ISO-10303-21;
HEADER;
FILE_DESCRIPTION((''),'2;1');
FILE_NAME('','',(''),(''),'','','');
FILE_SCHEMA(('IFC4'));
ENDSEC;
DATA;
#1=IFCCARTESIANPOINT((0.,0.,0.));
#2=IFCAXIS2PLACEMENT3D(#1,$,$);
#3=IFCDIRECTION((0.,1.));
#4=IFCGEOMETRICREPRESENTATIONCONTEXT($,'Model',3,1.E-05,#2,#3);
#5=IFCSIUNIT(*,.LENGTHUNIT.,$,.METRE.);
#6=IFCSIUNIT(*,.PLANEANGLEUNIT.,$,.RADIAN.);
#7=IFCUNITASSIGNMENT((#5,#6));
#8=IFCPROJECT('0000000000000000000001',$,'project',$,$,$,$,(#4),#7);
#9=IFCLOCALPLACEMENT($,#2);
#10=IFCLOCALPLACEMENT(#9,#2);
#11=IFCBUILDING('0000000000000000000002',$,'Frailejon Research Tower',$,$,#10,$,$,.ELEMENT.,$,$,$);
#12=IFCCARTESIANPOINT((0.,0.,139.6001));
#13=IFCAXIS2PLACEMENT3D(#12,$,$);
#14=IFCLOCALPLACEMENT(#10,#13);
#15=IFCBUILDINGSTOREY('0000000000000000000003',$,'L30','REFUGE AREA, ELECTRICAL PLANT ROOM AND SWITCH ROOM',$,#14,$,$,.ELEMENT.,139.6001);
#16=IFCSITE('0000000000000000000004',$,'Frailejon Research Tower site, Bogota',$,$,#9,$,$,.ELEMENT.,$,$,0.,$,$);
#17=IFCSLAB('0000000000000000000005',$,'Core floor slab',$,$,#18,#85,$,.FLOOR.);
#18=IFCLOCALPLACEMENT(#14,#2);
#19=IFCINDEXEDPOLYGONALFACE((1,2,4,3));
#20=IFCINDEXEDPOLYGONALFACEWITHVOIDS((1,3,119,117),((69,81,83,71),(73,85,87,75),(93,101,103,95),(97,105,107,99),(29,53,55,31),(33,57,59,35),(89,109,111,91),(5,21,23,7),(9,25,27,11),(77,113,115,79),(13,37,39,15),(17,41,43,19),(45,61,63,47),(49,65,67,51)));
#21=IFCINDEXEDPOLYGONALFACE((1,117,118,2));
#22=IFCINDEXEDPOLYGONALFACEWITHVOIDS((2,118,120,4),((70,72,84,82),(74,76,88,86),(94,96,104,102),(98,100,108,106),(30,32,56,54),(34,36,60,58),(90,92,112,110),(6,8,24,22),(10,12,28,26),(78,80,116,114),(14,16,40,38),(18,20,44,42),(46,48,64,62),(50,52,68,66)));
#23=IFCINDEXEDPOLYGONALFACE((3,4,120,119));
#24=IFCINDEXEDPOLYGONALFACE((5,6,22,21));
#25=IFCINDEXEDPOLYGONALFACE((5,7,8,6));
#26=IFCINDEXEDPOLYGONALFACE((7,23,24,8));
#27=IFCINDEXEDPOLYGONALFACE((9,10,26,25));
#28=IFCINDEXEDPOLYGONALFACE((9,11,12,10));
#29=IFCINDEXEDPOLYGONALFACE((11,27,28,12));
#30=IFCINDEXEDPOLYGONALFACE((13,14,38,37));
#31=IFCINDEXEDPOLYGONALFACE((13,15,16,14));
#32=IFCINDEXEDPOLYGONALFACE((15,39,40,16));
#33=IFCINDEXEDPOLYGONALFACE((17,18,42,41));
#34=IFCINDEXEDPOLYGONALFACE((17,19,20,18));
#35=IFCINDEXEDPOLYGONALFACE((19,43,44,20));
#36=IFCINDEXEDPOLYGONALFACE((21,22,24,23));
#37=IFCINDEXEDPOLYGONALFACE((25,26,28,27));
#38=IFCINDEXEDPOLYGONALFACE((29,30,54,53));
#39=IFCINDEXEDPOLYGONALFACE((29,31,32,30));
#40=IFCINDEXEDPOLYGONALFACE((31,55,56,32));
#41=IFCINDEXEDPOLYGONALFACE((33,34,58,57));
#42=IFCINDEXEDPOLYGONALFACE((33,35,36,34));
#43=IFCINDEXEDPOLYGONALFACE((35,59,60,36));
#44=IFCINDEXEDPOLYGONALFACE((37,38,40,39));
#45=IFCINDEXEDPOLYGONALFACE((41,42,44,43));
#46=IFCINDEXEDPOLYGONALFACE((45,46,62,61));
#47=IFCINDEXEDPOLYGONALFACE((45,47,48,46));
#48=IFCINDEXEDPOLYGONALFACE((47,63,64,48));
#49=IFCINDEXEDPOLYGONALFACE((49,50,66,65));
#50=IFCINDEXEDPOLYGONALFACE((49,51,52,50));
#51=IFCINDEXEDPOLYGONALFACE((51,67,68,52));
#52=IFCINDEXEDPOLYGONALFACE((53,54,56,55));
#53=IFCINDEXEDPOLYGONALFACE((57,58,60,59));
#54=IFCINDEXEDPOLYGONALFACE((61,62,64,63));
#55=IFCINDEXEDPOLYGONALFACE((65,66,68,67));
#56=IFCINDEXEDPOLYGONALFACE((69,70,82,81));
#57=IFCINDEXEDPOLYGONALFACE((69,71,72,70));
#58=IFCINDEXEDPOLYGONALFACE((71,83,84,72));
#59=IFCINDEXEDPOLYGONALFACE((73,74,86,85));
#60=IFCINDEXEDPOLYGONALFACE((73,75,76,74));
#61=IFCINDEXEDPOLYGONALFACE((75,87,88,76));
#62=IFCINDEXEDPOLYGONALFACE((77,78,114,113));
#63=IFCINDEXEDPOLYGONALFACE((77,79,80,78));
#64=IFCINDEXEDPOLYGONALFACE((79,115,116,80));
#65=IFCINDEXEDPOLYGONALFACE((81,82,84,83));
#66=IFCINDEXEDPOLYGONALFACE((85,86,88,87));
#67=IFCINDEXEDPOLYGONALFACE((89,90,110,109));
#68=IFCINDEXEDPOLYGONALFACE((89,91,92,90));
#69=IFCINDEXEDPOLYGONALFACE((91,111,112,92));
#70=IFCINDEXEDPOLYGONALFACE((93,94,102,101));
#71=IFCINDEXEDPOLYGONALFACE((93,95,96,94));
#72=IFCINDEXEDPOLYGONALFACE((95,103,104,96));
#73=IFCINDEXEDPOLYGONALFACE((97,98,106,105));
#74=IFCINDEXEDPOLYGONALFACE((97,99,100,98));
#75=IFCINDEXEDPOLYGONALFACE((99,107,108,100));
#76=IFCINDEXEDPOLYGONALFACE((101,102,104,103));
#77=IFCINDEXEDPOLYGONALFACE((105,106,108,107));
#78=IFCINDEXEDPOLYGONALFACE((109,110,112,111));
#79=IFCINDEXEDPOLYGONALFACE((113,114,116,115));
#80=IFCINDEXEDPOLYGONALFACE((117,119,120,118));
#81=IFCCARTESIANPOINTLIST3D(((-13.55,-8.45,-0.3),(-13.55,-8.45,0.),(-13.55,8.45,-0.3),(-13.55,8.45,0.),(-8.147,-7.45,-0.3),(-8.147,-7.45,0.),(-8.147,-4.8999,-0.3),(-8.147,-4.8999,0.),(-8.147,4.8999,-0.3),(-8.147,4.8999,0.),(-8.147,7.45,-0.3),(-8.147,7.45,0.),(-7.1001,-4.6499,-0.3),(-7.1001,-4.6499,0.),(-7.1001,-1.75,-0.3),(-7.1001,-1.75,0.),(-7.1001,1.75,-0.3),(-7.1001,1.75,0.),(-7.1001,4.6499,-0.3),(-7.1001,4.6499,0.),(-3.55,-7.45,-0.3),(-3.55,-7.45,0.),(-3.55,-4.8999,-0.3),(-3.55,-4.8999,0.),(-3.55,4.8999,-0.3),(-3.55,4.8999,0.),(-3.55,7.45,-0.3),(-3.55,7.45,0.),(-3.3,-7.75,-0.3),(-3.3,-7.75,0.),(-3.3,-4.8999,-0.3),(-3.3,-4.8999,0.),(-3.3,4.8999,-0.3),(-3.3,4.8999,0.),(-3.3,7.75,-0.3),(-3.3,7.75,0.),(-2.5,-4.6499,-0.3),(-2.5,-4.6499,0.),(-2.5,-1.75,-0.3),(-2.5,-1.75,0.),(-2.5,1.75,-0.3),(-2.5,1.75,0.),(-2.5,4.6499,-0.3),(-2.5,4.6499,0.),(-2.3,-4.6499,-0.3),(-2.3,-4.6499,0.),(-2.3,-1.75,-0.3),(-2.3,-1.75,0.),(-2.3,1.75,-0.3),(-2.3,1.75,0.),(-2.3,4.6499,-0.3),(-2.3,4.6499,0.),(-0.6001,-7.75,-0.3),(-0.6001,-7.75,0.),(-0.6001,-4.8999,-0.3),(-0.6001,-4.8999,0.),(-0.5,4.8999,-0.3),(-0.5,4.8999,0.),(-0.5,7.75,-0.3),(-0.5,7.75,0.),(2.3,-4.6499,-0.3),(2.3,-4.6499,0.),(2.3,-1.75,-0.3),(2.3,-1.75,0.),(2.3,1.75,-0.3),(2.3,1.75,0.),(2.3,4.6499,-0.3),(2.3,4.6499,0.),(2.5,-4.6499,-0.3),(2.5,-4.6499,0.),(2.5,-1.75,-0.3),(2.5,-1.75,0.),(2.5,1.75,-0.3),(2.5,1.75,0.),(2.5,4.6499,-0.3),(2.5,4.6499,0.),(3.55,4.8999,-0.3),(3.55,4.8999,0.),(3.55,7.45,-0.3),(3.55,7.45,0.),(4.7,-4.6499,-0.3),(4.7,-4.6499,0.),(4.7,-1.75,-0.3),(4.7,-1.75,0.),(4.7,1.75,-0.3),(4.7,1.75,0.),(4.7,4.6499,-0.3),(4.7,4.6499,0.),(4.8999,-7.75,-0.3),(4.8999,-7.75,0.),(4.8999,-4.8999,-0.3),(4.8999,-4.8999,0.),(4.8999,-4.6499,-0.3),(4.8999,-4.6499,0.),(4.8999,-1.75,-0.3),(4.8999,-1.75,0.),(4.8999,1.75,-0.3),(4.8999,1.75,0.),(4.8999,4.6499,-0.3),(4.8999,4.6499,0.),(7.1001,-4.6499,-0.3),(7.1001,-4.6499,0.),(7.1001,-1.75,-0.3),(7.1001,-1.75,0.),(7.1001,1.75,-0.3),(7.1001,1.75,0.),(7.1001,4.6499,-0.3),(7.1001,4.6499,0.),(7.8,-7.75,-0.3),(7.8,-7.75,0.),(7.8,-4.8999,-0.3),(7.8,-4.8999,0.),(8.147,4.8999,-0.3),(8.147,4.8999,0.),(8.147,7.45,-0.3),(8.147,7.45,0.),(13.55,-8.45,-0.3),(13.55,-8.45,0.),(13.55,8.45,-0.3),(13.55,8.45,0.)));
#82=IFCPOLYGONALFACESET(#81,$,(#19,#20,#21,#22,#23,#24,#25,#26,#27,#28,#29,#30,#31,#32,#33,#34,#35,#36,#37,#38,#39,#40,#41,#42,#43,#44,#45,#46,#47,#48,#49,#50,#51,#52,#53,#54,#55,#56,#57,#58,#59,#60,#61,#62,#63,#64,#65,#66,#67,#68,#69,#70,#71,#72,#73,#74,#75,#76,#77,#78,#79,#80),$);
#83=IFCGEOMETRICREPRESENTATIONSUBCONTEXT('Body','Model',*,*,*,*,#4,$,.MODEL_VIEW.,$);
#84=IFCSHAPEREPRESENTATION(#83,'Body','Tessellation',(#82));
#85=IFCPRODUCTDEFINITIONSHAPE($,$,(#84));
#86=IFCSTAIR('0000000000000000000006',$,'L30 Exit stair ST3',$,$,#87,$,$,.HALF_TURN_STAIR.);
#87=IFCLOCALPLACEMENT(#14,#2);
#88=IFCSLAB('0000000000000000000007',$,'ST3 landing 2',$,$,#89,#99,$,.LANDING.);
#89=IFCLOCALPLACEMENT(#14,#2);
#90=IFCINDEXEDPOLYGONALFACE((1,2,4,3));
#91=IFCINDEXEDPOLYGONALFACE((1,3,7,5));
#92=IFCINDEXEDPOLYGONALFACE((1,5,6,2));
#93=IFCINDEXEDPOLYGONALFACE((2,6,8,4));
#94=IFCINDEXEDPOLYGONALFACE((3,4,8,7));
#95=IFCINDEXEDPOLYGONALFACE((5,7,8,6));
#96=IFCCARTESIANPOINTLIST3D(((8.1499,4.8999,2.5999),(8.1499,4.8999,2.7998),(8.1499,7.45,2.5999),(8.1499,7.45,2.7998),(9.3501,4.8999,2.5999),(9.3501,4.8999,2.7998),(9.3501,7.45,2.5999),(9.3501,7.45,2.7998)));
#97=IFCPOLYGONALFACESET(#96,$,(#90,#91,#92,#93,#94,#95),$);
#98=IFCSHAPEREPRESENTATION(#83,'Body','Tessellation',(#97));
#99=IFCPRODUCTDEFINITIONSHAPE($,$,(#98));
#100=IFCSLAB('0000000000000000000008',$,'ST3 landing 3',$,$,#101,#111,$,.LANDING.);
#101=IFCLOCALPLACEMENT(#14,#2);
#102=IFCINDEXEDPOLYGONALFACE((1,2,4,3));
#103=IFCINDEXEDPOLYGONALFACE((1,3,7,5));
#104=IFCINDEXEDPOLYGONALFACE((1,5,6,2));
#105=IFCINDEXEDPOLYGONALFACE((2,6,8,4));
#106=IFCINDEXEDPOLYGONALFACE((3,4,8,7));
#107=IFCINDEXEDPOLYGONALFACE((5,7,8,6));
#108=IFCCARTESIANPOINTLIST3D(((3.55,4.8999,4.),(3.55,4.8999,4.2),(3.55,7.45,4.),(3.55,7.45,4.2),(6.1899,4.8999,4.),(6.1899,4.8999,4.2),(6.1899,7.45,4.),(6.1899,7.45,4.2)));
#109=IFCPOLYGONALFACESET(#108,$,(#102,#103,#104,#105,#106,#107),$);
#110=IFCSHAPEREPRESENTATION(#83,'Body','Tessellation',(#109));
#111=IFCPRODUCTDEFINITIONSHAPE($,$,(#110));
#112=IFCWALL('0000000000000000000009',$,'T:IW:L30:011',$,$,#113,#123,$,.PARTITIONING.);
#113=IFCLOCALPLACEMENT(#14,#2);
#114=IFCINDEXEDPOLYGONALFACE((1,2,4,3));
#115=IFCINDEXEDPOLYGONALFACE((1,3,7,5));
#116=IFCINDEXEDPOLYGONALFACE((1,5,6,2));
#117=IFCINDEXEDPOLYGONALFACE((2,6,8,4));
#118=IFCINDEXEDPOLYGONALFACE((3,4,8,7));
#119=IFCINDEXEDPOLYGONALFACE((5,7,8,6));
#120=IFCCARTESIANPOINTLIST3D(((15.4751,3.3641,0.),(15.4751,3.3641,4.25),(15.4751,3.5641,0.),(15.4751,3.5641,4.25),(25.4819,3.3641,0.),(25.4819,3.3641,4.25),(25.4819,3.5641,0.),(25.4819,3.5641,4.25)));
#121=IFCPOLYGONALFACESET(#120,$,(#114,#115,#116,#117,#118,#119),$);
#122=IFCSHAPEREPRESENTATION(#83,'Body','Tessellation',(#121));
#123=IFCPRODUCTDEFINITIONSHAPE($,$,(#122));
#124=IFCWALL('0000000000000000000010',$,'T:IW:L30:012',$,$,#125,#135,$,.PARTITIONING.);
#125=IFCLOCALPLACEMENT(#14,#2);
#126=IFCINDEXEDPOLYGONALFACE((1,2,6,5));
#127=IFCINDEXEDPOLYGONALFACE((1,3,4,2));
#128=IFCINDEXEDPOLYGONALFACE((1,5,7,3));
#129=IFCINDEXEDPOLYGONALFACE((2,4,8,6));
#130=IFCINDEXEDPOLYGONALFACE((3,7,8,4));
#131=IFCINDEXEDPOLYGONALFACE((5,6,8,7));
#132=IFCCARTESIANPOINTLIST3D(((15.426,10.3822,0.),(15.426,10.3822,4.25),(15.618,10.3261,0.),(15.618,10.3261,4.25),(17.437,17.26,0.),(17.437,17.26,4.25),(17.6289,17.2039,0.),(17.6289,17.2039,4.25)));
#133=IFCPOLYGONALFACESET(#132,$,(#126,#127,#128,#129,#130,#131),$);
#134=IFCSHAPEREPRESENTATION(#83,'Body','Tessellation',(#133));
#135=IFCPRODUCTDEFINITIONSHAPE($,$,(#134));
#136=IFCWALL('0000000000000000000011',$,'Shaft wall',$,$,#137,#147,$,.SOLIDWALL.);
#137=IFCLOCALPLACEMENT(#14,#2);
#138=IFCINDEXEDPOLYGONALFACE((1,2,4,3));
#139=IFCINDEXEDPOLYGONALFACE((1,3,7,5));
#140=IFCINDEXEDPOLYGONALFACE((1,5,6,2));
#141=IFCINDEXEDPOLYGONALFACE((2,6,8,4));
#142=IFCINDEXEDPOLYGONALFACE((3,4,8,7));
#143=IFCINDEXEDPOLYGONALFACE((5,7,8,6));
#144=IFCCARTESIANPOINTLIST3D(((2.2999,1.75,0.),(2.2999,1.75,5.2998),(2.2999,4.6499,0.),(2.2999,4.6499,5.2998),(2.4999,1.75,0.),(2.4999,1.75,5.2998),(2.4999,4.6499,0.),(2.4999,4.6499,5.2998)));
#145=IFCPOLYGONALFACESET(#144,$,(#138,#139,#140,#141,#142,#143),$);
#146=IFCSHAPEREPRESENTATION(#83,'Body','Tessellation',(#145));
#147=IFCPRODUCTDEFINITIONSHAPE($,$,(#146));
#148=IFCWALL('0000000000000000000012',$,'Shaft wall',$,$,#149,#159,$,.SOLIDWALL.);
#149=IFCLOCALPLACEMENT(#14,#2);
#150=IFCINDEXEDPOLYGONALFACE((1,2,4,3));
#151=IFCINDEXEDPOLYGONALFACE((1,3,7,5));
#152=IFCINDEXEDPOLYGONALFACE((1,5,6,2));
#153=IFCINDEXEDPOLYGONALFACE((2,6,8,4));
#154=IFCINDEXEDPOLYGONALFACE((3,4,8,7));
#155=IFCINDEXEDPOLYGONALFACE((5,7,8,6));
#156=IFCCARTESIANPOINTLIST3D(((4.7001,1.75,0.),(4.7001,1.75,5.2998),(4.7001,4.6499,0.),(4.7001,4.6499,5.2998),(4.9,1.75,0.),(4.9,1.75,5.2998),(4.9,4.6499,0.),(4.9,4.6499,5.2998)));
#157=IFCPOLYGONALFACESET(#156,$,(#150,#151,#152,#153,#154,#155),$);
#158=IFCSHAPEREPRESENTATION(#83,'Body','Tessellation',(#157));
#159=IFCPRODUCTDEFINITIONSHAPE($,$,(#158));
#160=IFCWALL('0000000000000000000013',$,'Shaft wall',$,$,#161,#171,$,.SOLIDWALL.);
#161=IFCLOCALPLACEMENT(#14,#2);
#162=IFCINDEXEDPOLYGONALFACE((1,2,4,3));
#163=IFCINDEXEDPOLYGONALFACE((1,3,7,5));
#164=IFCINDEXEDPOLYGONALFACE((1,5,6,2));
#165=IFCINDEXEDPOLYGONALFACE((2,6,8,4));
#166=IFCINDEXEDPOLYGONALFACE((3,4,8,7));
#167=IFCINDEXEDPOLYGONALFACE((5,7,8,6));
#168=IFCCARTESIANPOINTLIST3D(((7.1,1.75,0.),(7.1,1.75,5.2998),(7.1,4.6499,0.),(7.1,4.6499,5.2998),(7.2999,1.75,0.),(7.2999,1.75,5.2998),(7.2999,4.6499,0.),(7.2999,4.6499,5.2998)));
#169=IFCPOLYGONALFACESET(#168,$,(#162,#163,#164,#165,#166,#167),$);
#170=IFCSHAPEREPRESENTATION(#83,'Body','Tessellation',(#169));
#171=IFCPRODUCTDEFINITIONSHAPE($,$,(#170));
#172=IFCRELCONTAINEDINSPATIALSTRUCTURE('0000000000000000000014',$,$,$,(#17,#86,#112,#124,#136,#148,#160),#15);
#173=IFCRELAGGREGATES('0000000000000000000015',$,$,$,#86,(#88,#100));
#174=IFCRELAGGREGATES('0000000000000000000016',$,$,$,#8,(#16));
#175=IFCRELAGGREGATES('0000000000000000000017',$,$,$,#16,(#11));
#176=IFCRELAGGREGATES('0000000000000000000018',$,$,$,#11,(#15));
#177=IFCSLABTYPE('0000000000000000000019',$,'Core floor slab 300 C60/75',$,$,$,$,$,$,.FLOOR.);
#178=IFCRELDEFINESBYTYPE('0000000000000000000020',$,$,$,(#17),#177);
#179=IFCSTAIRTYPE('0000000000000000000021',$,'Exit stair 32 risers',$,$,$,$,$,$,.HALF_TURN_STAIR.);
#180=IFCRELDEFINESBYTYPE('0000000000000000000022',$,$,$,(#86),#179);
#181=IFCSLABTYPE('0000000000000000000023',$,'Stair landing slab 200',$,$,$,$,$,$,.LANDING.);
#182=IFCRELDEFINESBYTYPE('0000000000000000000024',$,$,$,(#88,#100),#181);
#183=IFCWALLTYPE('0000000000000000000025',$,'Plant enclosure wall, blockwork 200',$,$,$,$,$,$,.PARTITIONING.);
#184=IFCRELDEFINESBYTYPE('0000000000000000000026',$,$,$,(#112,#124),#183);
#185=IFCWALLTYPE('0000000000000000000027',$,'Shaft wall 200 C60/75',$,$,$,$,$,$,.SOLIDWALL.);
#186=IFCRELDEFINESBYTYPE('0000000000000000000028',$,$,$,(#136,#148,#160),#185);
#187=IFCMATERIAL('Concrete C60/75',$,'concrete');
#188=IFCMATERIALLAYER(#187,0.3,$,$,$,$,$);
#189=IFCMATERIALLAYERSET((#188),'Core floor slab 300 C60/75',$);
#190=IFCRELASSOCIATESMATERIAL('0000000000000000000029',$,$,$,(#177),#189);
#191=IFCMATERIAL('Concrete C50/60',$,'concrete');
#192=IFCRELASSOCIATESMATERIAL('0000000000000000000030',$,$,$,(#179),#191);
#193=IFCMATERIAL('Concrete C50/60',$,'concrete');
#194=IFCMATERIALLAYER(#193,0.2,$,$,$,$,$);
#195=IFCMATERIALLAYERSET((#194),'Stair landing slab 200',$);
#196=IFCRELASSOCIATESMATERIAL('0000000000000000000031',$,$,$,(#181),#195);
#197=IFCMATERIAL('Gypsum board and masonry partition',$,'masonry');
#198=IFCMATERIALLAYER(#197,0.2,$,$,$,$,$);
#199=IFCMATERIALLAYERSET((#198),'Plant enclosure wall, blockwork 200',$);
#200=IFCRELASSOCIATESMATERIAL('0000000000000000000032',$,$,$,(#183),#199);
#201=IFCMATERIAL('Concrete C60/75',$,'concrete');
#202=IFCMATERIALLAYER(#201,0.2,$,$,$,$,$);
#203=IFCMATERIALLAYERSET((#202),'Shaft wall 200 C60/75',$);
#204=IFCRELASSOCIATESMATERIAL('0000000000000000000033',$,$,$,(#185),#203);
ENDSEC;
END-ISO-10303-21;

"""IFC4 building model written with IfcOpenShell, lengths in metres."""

from ifc_helpers import new_model, si_unit, direction, frame, frame_2d, origin, place, context, subcontext, project, spatial, polyline, rectangle, outline, extrude, material, layer, layer_set, type_object, element, aggregate, save


model = new_model("IFC4")

# Units and contexts
model_context = context("Model", 3, precision=1e-05, world=origin(), true_north=direction((0.0, 1.0)))
body_context = subcontext(model_context, "Body", "Model", "MODEL_VIEW")
ifc_project = project(units=[si_unit("LENGTHUNIT", "METRE"), si_unit("PLANEANGLEUNIT", "RADIAN")], contexts=[model_context])

# Site, building, storey
site_placement = place(None, origin())
site = spatial("IfcSite", under=ifc_project, at=site_placement, Name="Frailejon Research Tower site, Bogota", CompositionType="ELEMENT", RefElevation=0.0)
building_placement = place(site_placement, origin())
building = spatial("IfcBuilding", under=site, at=building_placement, Name="Frailejon Research Tower", CompositionType="ELEMENT")
storey_placement = place(building_placement, frame((0.0, 0.0, 139.6001)))
storey = spatial("IfcBuildingStorey", under=building, at=storey_placement, Name="L30", Description="REFUGE AREA, ELECTRICAL PLANT ROOM AND SWITCH ROOM", CompositionType="ELEMENT", Elevation=139.6001)

# Slab
ifc_material_1 = material(Name="Concrete C60/75", Category="concrete")
ifc_layer_1 = layer(ifc_material_1, 0.3)
ifc_layer_set_1 = layer_set([ifc_layer_1], Name="Core floor slab 300 C60/75")
slab_type_1 = type_object("IfcSlabType", Name="Core floor slab 300 C60/75", PredefinedType="FLOOR", material=ifc_layer_set_1)
slab_1_placement = place(storey_placement, frame((0.0, 0.0, -0.3)))
element("IfcSlab", 1, at=slab_1_placement, inside=storey, type_object=slab_type_1, Name="Core floor slab", PredefinedType="FLOOR", context=body_context, shape_type="SweptSolid", body=[
    extrude(outline(polyline([(13.55, -8.45), (13.55, 8.45), (-13.55, 8.45), (-13.55, -8.45), (13.55, -8.45)]), holes=[polyline([(-2.5, 1.75), (-2.5, 4.6499), (-7.1001, 4.6499), (-7.1001, 1.75), (-2.5, 1.75)]), polyline([(2.3, 1.75), (2.3, 4.6499), (-2.3, 4.6499), (-2.3, 1.75), (2.3, 1.75)]), polyline([(4.7, 1.75), (4.7, 4.6499), (2.5, 4.6499), (2.5, 1.75), (4.7, 1.75)]), polyline([(7.1001, 1.75), (7.1001, 4.6499), (4.8999, 4.6499), (4.8999, 1.75), (7.1001, 1.75)]), polyline([(-2.5, -4.6499), (-2.5, -1.75), (-7.1001, -1.75), (-7.1001, -4.6499), (-2.5, -4.6499)]), polyline([(2.3, -4.6499), (2.3, -1.75), (-2.3, -1.75), (-2.3, -4.6499), (2.3, -4.6499)]), polyline([(4.7, -4.6499), (4.7, -1.75), (2.5, -1.75), (2.5, -4.6499), (4.7, -4.6499)]), polyline([(7.1001, -4.6499), (7.1001, -1.75), (4.8999, -1.75), (4.8999, -4.6499), (7.1001, -4.6499)]), polyline([(-8.147, 4.8999), (-3.55, 4.8999), (-3.55, 7.45), (-8.147, 7.45), (-8.147, 4.8999)]), polyline([(-8.147, -7.45), (-3.55, -7.45), (-3.55, -4.8999), (-8.147, -4.8999), (-8.147, -7.45)]), polyline([(8.147, 7.45), (3.55, 7.45), (3.55, 4.8999), (8.147, 4.8999), (8.147, 7.45)]), polyline([(-0.6001, -7.75), (-0.6001, -4.8999), (-3.3, -4.8999), (-3.3, -7.75), (-0.6001, -7.75)]), polyline([(7.8, -7.75), (7.8, -4.8999), (4.8999, -4.8999), (4.8999, -7.75), (7.8, -7.75)]), polyline([(-0.5, 4.8999), (-0.5, 7.75), (-3.3, 7.75), (-3.3, 4.8999), (-0.5, 4.8999)])]), origin(), (0.0, 0.0, 1.0), 0.3),
])

# Stair, slabs
ifc_material_2 = material(Name="Concrete C50/60", Category="concrete")
stair_type = type_object("IfcStairType", Name="Exit stair 32 risers", PredefinedType="HALF_TURN_STAIR", material=ifc_material_2)
stair_placement = place(storey_placement, origin())
stair = element("IfcStair", 2, at=stair_placement, inside=storey, type_object=stair_type, Name="L30 Exit stair ST3", PredefinedType="HALF_TURN_STAIR")
ifc_material_3 = material(Name="Concrete C50/60", Category="concrete")
ifc_layer_2 = layer(ifc_material_3, 0.2)
ifc_layer_set_2 = layer_set([ifc_layer_2], Name="Stair landing slab 200")
slab_type_2 = type_object("IfcSlabType", Name="Stair landing slab 200", PredefinedType="LANDING", material=ifc_layer_set_2)
slab_2_placement = place(storey_placement, frame((0.0, 0.0, 2.5999)))
slab_2 = element("IfcSlab", 3, at=slab_2_placement, type_object=slab_type_2, Name="ST3 landing 2", PredefinedType="LANDING", context=body_context, shape_type="SweptSolid", body=[
    extrude(outline(polyline([(9.3501, 7.45), (8.1499, 7.45), (8.1499, 4.8999), (9.3501, 4.8999), (9.3501, 7.45)])), origin(), (0.0, 0.0, 1.0), 0.2),
])
slab_3_placement = place(storey_placement, frame((0.0, 0.0, 4.0)))
slab_3 = element("IfcSlab", 4, at=slab_3_placement, type_object=slab_type_2, Name="ST3 landing 3", PredefinedType="LANDING", context=body_context, shape_type="SweptSolid", body=[
    extrude(outline(polyline([(6.1899, 7.45), (3.55, 7.45), (3.55, 4.8999), (6.1899, 4.8999), (6.1899, 7.45)])), origin(), (0.0, 0.0, 1.0), 0.2),
])

# Walls
ifc_material_4 = material(Name="Gypsum board and masonry partition", Category="masonry")
ifc_layer_3 = layer(ifc_material_4, 0.2)
ifc_layer_set_3 = layer_set([ifc_layer_3], Name="Plant enclosure wall, blockwork 200")
wall_type_1 = type_object("IfcWallType", Name="Plant enclosure wall, blockwork 200", PredefinedType="PARTITIONING", material=ifc_layer_set_3)
wall_1_placement = place(storey_placement, frame((15.4751, 3.4641, 0.0), z_axis=(0.0, 0.0, 1.0), x_axis=(1.0, 0.0, 0.0)))
element("IfcWall", 5, at=wall_1_placement, inside=storey, type_object=wall_type_1, Name="T:IW:L30:011", PredefinedType="PARTITIONING", context=body_context, shape_type="SweptSolid", body=[
    extrude(rectangle(XDim=10.0068, YDim=0.2, at=frame_2d((5.0034, 0.0))), origin(), (0.0, 0.0, 1.0), 4.25),
])
wall_2_placement = place(storey_placement, frame((15.522, 10.354, 0.0), z_axis=(0.0, 0.0, 1.0), x_axis=(0.280633, 0.959815, 0.0)))
element("IfcWall", 6, at=wall_2_placement, inside=storey, type_object=wall_type_1, Name="T:IW:L30:012", PredefinedType="PARTITIONING", context=body_context, shape_type="SweptSolid", body=[
    extrude(rectangle(XDim=7.1658, YDim=0.2, at=frame_2d((3.583, 0.0))), origin(), (0.0, 0.0, 1.0), 4.25),
])
ifc_material_5 = material(Name="Concrete C60/75", Category="concrete")
ifc_layer_4 = layer(ifc_material_5, 0.2)
ifc_layer_set_4 = layer_set([ifc_layer_4], Name="Shaft wall 200 C60/75")
wall_type_2 = type_object("IfcWallType", Name="Shaft wall 200 C60/75", PredefinedType="SOLIDWALL", material=ifc_layer_set_4)
for number, where, z_axis, x_axis, name in (
    (7, (2.3999, 1.75, 0.0), (0.0, 0.0, 1.0), (0.0, 1.0, 0.0), "Shaft wall"),
    (8, (4.8, 1.75, 0.0), (0.0, 0.0, 1.0), (0.0, 1.0, 0.0), "Shaft wall"),
    (9, (7.2, 1.75, 0.0), (0.0, 0.0, 1.0), (0.0, 1.0, 0.0), "Shaft wall"),
):
    element("IfcWall", number, at=place(storey_placement, frame(where, z_axis=z_axis, x_axis=x_axis)), inside=storey, type_object=wall_type_2, Name=name, PredefinedType="SOLIDWALL", context=body_context, shape_type="SweptSolid", body=[
        extrude(rectangle(XDim=2.8999, YDim=0.2, at=frame_2d((1.45, 0.0))), origin(), (0.0, 0.0, 1.0), 5.2998),
    ])

aggregate(stair, [slab_2, slab_3])

save(model, "model.ifc")
